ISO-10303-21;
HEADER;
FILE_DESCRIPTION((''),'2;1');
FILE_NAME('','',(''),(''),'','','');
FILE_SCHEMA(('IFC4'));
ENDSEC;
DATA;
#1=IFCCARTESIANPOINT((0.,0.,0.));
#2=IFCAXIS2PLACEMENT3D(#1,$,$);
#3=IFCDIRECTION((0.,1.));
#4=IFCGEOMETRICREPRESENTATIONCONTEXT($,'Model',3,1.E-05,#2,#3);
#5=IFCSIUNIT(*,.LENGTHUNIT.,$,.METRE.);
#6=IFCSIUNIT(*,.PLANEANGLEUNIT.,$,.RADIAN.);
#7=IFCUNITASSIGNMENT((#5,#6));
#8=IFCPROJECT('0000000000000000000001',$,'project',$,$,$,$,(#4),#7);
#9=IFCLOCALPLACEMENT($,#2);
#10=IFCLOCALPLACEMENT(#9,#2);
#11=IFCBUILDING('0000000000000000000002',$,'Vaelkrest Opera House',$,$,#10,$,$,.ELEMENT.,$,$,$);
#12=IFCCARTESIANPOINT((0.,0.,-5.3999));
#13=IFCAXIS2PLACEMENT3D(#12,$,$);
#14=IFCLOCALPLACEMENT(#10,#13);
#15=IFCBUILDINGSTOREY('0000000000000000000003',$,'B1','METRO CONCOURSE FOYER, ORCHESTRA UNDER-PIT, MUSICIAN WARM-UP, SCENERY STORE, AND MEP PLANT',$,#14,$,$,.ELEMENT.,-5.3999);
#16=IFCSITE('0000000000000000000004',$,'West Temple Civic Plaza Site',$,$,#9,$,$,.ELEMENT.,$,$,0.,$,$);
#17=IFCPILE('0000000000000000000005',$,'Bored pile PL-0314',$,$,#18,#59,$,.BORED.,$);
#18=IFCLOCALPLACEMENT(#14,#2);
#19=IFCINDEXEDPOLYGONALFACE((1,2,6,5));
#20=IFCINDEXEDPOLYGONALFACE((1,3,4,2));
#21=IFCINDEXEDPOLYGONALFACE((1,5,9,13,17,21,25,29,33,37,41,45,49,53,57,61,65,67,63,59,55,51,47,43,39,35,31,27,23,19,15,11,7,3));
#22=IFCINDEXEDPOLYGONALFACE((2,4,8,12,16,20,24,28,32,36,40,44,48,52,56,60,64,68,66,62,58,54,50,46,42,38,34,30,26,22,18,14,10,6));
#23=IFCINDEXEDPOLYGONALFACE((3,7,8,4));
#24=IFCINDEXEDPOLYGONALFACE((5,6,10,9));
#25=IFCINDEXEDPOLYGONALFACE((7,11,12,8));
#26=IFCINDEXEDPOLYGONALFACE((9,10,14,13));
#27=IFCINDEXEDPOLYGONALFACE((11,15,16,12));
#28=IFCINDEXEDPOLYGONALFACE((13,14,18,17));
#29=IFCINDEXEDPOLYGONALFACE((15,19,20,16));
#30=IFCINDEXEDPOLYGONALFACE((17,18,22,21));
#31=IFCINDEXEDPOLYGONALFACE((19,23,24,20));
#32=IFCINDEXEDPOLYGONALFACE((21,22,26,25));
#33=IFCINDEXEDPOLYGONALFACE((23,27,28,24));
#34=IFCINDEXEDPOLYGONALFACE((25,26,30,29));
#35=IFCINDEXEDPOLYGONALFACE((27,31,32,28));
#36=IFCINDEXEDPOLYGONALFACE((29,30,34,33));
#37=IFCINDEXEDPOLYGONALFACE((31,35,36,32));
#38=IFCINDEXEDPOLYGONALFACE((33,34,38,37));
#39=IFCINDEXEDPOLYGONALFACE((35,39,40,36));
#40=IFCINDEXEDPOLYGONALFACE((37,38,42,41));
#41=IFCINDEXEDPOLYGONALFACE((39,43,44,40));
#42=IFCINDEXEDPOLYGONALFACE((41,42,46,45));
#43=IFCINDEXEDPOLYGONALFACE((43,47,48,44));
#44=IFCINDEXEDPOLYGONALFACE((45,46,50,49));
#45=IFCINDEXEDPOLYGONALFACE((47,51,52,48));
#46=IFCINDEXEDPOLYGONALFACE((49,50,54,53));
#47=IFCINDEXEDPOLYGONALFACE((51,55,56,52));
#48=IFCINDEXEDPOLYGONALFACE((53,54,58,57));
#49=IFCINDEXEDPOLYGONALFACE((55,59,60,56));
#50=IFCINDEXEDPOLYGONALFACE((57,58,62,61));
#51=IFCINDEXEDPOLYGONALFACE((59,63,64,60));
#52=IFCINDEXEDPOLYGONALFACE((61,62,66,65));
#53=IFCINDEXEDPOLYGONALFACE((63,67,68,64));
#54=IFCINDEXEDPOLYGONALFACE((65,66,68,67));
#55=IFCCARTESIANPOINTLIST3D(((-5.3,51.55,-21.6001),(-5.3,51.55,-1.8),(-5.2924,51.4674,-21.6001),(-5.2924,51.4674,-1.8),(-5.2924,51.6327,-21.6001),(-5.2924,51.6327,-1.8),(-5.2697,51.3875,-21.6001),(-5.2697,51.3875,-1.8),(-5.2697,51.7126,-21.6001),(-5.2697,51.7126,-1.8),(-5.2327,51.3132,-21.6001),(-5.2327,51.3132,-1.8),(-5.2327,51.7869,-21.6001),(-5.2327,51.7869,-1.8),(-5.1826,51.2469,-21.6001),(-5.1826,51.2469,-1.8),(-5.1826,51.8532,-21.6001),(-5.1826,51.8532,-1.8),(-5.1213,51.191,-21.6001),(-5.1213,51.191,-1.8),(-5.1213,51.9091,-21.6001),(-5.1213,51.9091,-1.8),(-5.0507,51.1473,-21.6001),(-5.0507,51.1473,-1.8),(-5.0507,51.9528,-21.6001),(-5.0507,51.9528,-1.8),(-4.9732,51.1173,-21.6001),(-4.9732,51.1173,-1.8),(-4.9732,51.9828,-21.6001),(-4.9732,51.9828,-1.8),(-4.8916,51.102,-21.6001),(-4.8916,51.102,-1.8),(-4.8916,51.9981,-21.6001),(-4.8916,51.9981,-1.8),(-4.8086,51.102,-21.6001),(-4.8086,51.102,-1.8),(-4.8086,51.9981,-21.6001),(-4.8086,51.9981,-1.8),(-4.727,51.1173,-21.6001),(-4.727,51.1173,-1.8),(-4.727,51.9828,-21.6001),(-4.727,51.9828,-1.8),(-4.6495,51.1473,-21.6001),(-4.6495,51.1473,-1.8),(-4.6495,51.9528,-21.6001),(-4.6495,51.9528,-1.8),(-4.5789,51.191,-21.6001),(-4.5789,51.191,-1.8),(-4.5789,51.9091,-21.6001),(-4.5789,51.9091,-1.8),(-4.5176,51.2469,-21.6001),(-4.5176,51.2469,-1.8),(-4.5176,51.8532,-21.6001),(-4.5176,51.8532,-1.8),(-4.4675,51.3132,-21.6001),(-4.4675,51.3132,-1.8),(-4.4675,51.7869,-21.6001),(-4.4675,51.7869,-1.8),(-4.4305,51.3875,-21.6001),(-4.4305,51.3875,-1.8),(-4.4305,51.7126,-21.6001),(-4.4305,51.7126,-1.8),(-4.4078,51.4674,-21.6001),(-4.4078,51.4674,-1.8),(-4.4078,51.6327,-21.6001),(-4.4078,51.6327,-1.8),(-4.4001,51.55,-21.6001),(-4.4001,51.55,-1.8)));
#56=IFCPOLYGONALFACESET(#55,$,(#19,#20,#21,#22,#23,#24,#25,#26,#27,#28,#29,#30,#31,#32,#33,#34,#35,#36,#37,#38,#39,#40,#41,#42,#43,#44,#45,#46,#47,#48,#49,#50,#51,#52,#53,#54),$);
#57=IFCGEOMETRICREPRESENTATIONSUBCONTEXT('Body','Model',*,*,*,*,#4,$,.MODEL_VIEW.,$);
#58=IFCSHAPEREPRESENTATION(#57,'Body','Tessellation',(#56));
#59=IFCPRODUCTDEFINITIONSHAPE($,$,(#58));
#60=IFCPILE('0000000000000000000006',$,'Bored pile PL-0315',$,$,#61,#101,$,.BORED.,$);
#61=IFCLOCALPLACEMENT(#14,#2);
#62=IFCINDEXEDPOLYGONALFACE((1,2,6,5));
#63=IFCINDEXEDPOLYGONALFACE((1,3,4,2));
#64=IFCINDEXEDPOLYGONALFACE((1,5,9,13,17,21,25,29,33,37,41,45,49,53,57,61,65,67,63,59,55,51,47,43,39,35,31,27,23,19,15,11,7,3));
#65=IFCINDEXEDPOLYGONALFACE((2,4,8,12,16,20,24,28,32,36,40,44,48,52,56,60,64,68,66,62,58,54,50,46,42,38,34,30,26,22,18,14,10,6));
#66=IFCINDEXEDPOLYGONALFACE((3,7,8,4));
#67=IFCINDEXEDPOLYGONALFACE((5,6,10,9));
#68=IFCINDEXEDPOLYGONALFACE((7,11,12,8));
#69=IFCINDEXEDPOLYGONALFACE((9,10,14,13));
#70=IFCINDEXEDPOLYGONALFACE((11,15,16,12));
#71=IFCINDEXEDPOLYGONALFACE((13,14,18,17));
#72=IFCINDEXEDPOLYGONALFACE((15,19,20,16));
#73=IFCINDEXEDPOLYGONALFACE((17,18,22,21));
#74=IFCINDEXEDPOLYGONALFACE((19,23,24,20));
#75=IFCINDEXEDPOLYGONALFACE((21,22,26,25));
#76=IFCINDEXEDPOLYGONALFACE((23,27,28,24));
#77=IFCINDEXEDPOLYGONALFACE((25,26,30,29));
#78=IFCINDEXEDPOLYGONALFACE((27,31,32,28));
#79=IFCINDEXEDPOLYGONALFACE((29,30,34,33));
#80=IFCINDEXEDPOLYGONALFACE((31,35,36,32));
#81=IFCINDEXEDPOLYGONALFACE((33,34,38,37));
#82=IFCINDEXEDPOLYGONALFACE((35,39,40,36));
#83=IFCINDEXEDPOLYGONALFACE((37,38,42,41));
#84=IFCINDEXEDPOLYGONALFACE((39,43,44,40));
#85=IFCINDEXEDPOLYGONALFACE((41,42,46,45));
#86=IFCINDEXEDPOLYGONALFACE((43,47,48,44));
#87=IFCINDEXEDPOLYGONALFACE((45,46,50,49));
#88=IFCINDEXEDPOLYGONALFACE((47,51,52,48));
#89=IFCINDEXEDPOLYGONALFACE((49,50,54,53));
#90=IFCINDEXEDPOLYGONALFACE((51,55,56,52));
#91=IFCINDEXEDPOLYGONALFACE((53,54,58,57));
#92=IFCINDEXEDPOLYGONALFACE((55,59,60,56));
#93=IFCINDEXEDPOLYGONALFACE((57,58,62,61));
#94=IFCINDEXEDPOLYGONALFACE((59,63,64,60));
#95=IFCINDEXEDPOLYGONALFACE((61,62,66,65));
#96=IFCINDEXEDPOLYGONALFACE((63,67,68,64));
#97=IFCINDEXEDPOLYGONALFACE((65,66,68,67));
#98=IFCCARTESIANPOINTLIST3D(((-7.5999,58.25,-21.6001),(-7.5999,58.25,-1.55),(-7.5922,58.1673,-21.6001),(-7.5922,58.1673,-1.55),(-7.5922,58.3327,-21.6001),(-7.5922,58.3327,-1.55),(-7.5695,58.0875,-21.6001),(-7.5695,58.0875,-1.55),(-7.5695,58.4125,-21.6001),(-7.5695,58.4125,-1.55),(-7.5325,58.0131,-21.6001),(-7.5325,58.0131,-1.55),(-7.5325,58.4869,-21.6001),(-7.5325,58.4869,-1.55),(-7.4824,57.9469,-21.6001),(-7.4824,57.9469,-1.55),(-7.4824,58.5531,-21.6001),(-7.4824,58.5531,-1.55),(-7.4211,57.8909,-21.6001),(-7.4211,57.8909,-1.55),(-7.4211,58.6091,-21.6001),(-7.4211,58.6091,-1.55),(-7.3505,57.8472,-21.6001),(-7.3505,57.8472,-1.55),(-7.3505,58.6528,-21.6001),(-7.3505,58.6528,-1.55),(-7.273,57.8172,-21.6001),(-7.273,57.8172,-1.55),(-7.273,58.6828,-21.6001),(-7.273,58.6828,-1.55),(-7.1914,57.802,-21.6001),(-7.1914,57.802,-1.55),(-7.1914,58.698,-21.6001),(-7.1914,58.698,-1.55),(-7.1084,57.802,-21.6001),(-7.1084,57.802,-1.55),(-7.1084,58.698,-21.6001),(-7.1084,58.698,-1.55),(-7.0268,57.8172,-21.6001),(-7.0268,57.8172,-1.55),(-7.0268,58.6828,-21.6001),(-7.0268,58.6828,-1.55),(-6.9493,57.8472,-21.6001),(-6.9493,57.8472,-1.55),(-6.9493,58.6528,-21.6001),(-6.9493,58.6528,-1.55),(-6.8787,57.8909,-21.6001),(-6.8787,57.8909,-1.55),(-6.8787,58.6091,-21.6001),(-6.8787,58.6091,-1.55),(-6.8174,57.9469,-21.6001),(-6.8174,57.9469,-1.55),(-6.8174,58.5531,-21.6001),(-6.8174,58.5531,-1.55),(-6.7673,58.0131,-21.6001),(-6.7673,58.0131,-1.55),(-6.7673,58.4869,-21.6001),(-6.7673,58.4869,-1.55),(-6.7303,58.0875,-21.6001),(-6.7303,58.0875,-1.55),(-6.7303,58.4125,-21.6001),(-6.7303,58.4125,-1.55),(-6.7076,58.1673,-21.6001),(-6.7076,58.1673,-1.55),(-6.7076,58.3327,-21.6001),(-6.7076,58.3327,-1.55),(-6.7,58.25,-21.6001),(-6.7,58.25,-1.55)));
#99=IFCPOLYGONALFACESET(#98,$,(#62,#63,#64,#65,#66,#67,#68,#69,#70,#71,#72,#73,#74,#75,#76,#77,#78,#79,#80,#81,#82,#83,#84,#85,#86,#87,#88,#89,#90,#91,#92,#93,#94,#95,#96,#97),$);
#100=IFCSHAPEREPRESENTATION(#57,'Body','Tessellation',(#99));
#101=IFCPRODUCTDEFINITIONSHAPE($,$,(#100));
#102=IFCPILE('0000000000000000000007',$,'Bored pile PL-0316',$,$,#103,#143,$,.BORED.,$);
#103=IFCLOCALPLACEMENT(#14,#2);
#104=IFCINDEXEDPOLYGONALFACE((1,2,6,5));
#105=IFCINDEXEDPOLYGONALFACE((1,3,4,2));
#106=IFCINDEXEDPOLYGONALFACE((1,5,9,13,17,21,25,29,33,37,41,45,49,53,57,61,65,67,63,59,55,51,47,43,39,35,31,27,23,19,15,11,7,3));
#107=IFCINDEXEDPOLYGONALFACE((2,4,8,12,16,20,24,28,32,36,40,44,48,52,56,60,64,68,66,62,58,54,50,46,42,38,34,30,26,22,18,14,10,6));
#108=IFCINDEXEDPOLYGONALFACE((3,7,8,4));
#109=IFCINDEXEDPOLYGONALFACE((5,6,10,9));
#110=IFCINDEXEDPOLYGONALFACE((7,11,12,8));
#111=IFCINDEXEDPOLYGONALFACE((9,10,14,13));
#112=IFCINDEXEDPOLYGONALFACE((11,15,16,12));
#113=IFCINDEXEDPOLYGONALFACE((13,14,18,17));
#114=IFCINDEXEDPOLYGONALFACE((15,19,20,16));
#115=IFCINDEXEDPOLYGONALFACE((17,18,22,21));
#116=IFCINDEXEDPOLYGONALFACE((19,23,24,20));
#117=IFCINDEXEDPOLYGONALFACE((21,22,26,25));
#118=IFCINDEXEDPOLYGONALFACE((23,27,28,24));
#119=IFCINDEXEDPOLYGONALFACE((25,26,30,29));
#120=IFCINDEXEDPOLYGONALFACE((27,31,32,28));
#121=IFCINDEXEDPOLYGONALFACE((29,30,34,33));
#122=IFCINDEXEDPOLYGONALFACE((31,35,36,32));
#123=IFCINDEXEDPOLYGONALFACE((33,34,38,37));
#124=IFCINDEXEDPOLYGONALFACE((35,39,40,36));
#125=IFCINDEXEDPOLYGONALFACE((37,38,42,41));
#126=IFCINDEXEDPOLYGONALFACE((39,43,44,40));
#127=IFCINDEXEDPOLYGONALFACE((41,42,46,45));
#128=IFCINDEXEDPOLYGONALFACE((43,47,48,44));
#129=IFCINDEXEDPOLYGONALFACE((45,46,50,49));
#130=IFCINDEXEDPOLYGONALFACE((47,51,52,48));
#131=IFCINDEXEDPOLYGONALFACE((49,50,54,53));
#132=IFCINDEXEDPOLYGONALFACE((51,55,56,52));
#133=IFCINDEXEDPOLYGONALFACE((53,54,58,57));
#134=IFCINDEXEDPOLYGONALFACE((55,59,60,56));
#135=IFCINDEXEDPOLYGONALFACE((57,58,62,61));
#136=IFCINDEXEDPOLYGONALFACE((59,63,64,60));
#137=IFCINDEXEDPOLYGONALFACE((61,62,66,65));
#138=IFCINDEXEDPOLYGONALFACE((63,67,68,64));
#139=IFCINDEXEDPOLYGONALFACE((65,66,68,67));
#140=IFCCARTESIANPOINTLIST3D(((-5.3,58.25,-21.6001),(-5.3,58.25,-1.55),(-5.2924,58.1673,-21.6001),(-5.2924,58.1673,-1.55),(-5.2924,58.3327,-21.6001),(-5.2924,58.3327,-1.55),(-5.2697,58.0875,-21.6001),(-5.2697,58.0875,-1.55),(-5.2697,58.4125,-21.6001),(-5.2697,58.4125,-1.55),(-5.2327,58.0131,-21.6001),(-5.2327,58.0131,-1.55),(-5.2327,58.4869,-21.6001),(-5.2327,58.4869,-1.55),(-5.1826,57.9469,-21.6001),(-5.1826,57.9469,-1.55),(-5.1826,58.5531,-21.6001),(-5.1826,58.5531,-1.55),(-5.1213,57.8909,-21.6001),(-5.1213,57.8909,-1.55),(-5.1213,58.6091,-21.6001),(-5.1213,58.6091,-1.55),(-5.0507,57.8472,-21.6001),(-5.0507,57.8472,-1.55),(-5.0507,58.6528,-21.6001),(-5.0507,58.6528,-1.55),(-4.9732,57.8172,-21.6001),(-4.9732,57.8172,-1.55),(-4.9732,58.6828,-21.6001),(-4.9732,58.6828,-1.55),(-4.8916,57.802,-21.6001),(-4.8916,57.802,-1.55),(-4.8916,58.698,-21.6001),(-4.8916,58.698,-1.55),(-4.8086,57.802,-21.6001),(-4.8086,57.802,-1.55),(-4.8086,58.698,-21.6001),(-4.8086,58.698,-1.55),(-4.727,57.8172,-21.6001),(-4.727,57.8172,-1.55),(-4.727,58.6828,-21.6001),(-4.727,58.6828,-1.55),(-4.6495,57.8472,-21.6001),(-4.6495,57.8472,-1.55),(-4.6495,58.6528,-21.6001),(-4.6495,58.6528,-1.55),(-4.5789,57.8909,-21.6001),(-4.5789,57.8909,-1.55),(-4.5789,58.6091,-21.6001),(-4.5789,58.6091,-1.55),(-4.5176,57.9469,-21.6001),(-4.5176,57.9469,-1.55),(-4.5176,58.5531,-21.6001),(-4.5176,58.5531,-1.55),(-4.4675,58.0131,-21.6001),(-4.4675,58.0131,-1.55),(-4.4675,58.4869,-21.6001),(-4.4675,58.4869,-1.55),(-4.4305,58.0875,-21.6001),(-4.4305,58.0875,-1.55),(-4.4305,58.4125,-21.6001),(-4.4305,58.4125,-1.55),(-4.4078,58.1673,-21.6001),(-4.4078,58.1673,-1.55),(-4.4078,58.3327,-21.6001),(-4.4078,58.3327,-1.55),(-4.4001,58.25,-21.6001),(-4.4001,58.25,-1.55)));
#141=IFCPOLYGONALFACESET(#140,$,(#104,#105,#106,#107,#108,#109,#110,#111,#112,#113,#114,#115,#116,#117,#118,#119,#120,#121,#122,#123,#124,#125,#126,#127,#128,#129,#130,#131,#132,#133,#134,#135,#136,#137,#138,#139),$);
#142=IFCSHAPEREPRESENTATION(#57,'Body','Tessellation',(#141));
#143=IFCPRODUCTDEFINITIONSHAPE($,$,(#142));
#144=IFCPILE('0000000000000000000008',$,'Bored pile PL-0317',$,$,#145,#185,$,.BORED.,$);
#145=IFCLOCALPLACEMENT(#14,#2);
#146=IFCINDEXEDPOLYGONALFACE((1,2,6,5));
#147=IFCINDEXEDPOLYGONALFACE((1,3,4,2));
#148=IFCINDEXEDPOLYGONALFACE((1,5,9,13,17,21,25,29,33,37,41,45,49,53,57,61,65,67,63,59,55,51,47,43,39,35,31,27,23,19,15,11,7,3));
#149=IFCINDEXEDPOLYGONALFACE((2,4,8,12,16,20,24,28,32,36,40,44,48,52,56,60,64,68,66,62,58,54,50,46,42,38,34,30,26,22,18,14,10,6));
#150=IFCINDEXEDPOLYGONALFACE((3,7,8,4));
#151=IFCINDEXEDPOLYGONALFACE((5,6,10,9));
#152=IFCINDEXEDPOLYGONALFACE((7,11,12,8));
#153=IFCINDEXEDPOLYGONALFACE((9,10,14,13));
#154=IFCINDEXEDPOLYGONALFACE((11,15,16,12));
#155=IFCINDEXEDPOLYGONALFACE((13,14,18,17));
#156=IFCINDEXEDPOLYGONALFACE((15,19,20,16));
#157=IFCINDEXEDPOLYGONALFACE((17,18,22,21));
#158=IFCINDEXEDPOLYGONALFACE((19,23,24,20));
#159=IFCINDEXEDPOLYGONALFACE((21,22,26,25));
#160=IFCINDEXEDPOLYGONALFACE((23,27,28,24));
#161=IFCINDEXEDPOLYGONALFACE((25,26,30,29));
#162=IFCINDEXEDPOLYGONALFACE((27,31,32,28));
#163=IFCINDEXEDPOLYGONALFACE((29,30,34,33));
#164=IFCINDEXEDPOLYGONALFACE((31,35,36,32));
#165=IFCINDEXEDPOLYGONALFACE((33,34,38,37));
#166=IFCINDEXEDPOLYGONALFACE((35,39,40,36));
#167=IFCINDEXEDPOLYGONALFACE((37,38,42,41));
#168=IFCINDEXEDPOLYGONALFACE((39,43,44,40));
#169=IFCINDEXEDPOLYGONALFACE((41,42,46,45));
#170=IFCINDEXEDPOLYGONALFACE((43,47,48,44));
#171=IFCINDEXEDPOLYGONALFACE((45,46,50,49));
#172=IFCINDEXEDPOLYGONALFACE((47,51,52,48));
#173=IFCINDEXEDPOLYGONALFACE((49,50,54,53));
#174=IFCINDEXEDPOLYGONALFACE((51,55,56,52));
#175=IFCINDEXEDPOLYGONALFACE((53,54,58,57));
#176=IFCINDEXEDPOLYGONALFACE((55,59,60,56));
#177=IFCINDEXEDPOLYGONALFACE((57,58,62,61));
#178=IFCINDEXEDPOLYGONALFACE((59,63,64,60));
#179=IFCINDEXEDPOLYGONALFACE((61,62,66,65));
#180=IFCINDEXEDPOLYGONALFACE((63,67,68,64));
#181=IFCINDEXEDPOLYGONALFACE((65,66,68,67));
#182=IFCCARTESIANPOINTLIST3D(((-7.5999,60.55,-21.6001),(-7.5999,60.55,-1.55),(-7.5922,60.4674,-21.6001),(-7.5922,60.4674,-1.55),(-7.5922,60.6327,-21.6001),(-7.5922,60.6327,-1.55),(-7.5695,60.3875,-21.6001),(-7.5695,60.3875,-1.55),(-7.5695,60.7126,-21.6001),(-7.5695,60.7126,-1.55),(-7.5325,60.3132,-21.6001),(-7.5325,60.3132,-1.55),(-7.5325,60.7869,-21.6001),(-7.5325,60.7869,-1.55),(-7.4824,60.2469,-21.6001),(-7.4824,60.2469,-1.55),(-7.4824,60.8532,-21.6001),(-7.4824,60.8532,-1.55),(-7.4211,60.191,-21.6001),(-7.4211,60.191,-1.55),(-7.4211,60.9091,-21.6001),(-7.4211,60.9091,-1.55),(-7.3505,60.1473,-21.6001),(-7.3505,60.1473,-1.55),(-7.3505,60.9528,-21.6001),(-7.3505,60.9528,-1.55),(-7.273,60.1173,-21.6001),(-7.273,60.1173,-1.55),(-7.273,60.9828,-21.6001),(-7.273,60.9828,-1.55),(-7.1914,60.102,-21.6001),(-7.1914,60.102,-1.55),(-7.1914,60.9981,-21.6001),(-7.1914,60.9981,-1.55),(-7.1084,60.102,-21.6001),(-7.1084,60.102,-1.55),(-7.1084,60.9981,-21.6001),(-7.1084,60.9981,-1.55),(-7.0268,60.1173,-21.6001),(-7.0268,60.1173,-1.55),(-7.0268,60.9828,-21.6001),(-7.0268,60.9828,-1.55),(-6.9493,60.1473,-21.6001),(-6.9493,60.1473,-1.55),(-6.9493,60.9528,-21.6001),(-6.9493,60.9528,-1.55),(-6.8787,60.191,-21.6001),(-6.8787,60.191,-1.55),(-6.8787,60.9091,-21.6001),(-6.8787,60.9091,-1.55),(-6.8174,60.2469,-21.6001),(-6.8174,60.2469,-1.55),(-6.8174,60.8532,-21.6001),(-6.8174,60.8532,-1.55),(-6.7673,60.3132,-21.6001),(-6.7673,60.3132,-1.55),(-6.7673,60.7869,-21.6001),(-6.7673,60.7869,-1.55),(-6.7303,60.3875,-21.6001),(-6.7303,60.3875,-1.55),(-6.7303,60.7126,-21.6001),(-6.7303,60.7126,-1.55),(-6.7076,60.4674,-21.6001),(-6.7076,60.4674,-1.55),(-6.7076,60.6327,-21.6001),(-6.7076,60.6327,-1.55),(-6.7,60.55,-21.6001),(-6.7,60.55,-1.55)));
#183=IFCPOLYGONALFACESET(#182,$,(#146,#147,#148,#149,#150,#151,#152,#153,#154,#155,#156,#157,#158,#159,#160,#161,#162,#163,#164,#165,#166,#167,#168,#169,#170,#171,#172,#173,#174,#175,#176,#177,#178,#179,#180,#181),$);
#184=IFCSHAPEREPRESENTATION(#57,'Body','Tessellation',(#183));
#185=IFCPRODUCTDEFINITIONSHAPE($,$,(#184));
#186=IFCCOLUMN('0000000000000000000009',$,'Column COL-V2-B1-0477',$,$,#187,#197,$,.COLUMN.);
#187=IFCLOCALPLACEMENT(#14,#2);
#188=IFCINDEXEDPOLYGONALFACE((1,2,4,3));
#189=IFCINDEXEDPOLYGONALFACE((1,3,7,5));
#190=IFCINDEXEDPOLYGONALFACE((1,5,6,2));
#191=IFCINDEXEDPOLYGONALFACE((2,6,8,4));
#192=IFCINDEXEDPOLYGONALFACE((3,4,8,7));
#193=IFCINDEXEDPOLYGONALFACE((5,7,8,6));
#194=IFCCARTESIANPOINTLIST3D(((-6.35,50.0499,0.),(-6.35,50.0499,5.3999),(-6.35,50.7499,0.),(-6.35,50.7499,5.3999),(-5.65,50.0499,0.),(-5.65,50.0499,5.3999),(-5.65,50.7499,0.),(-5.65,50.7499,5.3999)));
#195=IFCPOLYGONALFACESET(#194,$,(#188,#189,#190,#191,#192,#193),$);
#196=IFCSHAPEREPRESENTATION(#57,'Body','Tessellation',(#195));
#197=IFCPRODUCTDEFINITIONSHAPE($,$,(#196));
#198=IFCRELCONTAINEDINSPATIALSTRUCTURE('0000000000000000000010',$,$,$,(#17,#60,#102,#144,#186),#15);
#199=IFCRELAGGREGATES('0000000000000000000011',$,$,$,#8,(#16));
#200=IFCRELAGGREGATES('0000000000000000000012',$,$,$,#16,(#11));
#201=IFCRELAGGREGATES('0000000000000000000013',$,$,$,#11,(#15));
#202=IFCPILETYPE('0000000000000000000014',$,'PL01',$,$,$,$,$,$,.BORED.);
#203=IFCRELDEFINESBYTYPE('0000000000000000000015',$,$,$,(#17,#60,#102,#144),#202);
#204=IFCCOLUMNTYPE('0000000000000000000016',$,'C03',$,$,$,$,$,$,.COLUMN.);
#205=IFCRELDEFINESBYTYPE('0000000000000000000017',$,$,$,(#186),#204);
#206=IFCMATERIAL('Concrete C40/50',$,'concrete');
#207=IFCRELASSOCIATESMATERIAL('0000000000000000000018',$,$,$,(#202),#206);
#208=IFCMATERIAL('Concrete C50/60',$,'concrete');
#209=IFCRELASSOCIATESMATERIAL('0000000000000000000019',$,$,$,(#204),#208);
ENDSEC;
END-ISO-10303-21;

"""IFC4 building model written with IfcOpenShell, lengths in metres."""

from ifc_helpers import new_model, si_unit, direction, frame, origin, origin_2d, place, context, subcontext, project, spatial, rectangle, circle, extrude, material, material_profile, profile_set, type_object, element, save


model = new_model("IFC4")

# Units and contexts
model_context = context("Model", 3, precision=1e-05, world=origin(), true_north=direction((0.0, 1.0)))
body_context = subcontext(model_context, "Body", "Model", "MODEL_VIEW")
ifc_project = project(units=[si_unit("LENGTHUNIT", "METRE"), si_unit("PLANEANGLEUNIT", "RADIAN")], contexts=[model_context])

# Site, building, storey
site_placement = place(None, origin())
site = spatial("IfcSite", under=ifc_project, at=site_placement, Name="West Temple Civic Plaza Site", CompositionType="ELEMENT", RefElevation=0.0)
building_placement = place(site_placement, origin())
building = spatial("IfcBuilding", under=site, at=building_placement, Name="Vaelkrest Opera House", CompositionType="ELEMENT")
storey_placement = place(building_placement, frame((0.0, 0.0, -5.3999)))
storey = spatial("IfcBuildingStorey", under=building, at=storey_placement, Name="B1", Description="METRO CONCOURSE FOYER, ORCHESTRA UNDER-PIT, MUSICIAN WARM-UP, SCENERY STORE, AND MEP PLANT", CompositionType="ELEMENT", Elevation=-5.3999)

# Shared definitions
ifc_material_1 = material(Name="Concrete C40/50", Category="concrete")

# Piles
ifc_material_profile_1 = material_profile(ifc_material_1, circle(Radius=0.45, at=origin_2d()), Name="PILE900")
ifc_profile_set_1 = profile_set([ifc_material_profile_1], Name="Concrete C40/50")
pile_type = type_object("IfcPileType", Name="PL01", PredefinedType="BORED", material=ifc_profile_set_1)
for number, where, z_axis, x_axis, name in (
    (1, (-4.8501, 51.55, -1.8), (0.0, 0.0, -1.0), (1.0, 0.0, 0.0), "Bored pile PL-0314"),
):
    element("IfcPile", number, at=place(storey_placement, frame(where, z_axis=z_axis, x_axis=x_axis)), inside=storey, type_object=pile_type, Name=name, PredefinedType="BORED", context=body_context, shape_type="SweptSolid", body=[
        extrude(circle(Radius=0.45, at=origin_2d()), origin(), (0.0, 0.0, 1.0), 19.8),
    ])
for number, where, z_axis, x_axis, name in (
    (2, (-7.1499, 58.25, -1.55), (0.0, 0.0, -1.0), (1.0, 0.0, 0.0), "Bored pile PL-0315"),
    (3, (-4.8501, 58.25, -1.55), (0.0, 0.0, -1.0), (1.0, 0.0, 0.0), "Bored pile PL-0316"),
    (4, (-7.1499, 60.55, -1.55), (0.0, 0.0, -1.0), (1.0, 0.0, 0.0), "Bored pile PL-0317"),
):
    element("IfcPile", number, at=place(storey_placement, frame(where, z_axis=z_axis, x_axis=x_axis)), inside=storey, type_object=pile_type, Name=name, PredefinedType="BORED", context=body_context, shape_type="SweptSolid", body=[
        extrude(circle(Radius=0.45, at=origin_2d()), origin(), (0.0, 0.0, 1.0), 20.05),
    ])

# Column
ifc_material_2 = material(Name="Concrete C50/60", Category="concrete")
ifc_material_profile_2 = material_profile(ifc_material_2, rectangle(XDim=0.7, YDim=0.7, at=origin_2d()), Name="RC700X700")
ifc_profile_set_2 = profile_set([ifc_material_profile_2], Name="Concrete C50/60")
column_type_1 = type_object("IfcColumnType", Name="C03", PredefinedType="COLUMN", material=ifc_profile_set_2)
column_1_placement = place(storey_placement, frame((-6.0, 50.3999, 0.0), z_axis=(0.0, 0.0, 1.0), x_axis=(1.0, 0.0, 0.0)))
element("IfcColumn", 5, at=column_1_placement, inside=storey, type_object=column_type_1, Name="Column COL-V2-B1-0477", PredefinedType="COLUMN", context=body_context, shape_type="SweptSolid", body=[
    extrude(rectangle(XDim=0.7, YDim=0.7, at=origin_2d()), origin(), (0.0, 0.0, 1.0), 5.3999),
])

save(model, "model.ifc")
